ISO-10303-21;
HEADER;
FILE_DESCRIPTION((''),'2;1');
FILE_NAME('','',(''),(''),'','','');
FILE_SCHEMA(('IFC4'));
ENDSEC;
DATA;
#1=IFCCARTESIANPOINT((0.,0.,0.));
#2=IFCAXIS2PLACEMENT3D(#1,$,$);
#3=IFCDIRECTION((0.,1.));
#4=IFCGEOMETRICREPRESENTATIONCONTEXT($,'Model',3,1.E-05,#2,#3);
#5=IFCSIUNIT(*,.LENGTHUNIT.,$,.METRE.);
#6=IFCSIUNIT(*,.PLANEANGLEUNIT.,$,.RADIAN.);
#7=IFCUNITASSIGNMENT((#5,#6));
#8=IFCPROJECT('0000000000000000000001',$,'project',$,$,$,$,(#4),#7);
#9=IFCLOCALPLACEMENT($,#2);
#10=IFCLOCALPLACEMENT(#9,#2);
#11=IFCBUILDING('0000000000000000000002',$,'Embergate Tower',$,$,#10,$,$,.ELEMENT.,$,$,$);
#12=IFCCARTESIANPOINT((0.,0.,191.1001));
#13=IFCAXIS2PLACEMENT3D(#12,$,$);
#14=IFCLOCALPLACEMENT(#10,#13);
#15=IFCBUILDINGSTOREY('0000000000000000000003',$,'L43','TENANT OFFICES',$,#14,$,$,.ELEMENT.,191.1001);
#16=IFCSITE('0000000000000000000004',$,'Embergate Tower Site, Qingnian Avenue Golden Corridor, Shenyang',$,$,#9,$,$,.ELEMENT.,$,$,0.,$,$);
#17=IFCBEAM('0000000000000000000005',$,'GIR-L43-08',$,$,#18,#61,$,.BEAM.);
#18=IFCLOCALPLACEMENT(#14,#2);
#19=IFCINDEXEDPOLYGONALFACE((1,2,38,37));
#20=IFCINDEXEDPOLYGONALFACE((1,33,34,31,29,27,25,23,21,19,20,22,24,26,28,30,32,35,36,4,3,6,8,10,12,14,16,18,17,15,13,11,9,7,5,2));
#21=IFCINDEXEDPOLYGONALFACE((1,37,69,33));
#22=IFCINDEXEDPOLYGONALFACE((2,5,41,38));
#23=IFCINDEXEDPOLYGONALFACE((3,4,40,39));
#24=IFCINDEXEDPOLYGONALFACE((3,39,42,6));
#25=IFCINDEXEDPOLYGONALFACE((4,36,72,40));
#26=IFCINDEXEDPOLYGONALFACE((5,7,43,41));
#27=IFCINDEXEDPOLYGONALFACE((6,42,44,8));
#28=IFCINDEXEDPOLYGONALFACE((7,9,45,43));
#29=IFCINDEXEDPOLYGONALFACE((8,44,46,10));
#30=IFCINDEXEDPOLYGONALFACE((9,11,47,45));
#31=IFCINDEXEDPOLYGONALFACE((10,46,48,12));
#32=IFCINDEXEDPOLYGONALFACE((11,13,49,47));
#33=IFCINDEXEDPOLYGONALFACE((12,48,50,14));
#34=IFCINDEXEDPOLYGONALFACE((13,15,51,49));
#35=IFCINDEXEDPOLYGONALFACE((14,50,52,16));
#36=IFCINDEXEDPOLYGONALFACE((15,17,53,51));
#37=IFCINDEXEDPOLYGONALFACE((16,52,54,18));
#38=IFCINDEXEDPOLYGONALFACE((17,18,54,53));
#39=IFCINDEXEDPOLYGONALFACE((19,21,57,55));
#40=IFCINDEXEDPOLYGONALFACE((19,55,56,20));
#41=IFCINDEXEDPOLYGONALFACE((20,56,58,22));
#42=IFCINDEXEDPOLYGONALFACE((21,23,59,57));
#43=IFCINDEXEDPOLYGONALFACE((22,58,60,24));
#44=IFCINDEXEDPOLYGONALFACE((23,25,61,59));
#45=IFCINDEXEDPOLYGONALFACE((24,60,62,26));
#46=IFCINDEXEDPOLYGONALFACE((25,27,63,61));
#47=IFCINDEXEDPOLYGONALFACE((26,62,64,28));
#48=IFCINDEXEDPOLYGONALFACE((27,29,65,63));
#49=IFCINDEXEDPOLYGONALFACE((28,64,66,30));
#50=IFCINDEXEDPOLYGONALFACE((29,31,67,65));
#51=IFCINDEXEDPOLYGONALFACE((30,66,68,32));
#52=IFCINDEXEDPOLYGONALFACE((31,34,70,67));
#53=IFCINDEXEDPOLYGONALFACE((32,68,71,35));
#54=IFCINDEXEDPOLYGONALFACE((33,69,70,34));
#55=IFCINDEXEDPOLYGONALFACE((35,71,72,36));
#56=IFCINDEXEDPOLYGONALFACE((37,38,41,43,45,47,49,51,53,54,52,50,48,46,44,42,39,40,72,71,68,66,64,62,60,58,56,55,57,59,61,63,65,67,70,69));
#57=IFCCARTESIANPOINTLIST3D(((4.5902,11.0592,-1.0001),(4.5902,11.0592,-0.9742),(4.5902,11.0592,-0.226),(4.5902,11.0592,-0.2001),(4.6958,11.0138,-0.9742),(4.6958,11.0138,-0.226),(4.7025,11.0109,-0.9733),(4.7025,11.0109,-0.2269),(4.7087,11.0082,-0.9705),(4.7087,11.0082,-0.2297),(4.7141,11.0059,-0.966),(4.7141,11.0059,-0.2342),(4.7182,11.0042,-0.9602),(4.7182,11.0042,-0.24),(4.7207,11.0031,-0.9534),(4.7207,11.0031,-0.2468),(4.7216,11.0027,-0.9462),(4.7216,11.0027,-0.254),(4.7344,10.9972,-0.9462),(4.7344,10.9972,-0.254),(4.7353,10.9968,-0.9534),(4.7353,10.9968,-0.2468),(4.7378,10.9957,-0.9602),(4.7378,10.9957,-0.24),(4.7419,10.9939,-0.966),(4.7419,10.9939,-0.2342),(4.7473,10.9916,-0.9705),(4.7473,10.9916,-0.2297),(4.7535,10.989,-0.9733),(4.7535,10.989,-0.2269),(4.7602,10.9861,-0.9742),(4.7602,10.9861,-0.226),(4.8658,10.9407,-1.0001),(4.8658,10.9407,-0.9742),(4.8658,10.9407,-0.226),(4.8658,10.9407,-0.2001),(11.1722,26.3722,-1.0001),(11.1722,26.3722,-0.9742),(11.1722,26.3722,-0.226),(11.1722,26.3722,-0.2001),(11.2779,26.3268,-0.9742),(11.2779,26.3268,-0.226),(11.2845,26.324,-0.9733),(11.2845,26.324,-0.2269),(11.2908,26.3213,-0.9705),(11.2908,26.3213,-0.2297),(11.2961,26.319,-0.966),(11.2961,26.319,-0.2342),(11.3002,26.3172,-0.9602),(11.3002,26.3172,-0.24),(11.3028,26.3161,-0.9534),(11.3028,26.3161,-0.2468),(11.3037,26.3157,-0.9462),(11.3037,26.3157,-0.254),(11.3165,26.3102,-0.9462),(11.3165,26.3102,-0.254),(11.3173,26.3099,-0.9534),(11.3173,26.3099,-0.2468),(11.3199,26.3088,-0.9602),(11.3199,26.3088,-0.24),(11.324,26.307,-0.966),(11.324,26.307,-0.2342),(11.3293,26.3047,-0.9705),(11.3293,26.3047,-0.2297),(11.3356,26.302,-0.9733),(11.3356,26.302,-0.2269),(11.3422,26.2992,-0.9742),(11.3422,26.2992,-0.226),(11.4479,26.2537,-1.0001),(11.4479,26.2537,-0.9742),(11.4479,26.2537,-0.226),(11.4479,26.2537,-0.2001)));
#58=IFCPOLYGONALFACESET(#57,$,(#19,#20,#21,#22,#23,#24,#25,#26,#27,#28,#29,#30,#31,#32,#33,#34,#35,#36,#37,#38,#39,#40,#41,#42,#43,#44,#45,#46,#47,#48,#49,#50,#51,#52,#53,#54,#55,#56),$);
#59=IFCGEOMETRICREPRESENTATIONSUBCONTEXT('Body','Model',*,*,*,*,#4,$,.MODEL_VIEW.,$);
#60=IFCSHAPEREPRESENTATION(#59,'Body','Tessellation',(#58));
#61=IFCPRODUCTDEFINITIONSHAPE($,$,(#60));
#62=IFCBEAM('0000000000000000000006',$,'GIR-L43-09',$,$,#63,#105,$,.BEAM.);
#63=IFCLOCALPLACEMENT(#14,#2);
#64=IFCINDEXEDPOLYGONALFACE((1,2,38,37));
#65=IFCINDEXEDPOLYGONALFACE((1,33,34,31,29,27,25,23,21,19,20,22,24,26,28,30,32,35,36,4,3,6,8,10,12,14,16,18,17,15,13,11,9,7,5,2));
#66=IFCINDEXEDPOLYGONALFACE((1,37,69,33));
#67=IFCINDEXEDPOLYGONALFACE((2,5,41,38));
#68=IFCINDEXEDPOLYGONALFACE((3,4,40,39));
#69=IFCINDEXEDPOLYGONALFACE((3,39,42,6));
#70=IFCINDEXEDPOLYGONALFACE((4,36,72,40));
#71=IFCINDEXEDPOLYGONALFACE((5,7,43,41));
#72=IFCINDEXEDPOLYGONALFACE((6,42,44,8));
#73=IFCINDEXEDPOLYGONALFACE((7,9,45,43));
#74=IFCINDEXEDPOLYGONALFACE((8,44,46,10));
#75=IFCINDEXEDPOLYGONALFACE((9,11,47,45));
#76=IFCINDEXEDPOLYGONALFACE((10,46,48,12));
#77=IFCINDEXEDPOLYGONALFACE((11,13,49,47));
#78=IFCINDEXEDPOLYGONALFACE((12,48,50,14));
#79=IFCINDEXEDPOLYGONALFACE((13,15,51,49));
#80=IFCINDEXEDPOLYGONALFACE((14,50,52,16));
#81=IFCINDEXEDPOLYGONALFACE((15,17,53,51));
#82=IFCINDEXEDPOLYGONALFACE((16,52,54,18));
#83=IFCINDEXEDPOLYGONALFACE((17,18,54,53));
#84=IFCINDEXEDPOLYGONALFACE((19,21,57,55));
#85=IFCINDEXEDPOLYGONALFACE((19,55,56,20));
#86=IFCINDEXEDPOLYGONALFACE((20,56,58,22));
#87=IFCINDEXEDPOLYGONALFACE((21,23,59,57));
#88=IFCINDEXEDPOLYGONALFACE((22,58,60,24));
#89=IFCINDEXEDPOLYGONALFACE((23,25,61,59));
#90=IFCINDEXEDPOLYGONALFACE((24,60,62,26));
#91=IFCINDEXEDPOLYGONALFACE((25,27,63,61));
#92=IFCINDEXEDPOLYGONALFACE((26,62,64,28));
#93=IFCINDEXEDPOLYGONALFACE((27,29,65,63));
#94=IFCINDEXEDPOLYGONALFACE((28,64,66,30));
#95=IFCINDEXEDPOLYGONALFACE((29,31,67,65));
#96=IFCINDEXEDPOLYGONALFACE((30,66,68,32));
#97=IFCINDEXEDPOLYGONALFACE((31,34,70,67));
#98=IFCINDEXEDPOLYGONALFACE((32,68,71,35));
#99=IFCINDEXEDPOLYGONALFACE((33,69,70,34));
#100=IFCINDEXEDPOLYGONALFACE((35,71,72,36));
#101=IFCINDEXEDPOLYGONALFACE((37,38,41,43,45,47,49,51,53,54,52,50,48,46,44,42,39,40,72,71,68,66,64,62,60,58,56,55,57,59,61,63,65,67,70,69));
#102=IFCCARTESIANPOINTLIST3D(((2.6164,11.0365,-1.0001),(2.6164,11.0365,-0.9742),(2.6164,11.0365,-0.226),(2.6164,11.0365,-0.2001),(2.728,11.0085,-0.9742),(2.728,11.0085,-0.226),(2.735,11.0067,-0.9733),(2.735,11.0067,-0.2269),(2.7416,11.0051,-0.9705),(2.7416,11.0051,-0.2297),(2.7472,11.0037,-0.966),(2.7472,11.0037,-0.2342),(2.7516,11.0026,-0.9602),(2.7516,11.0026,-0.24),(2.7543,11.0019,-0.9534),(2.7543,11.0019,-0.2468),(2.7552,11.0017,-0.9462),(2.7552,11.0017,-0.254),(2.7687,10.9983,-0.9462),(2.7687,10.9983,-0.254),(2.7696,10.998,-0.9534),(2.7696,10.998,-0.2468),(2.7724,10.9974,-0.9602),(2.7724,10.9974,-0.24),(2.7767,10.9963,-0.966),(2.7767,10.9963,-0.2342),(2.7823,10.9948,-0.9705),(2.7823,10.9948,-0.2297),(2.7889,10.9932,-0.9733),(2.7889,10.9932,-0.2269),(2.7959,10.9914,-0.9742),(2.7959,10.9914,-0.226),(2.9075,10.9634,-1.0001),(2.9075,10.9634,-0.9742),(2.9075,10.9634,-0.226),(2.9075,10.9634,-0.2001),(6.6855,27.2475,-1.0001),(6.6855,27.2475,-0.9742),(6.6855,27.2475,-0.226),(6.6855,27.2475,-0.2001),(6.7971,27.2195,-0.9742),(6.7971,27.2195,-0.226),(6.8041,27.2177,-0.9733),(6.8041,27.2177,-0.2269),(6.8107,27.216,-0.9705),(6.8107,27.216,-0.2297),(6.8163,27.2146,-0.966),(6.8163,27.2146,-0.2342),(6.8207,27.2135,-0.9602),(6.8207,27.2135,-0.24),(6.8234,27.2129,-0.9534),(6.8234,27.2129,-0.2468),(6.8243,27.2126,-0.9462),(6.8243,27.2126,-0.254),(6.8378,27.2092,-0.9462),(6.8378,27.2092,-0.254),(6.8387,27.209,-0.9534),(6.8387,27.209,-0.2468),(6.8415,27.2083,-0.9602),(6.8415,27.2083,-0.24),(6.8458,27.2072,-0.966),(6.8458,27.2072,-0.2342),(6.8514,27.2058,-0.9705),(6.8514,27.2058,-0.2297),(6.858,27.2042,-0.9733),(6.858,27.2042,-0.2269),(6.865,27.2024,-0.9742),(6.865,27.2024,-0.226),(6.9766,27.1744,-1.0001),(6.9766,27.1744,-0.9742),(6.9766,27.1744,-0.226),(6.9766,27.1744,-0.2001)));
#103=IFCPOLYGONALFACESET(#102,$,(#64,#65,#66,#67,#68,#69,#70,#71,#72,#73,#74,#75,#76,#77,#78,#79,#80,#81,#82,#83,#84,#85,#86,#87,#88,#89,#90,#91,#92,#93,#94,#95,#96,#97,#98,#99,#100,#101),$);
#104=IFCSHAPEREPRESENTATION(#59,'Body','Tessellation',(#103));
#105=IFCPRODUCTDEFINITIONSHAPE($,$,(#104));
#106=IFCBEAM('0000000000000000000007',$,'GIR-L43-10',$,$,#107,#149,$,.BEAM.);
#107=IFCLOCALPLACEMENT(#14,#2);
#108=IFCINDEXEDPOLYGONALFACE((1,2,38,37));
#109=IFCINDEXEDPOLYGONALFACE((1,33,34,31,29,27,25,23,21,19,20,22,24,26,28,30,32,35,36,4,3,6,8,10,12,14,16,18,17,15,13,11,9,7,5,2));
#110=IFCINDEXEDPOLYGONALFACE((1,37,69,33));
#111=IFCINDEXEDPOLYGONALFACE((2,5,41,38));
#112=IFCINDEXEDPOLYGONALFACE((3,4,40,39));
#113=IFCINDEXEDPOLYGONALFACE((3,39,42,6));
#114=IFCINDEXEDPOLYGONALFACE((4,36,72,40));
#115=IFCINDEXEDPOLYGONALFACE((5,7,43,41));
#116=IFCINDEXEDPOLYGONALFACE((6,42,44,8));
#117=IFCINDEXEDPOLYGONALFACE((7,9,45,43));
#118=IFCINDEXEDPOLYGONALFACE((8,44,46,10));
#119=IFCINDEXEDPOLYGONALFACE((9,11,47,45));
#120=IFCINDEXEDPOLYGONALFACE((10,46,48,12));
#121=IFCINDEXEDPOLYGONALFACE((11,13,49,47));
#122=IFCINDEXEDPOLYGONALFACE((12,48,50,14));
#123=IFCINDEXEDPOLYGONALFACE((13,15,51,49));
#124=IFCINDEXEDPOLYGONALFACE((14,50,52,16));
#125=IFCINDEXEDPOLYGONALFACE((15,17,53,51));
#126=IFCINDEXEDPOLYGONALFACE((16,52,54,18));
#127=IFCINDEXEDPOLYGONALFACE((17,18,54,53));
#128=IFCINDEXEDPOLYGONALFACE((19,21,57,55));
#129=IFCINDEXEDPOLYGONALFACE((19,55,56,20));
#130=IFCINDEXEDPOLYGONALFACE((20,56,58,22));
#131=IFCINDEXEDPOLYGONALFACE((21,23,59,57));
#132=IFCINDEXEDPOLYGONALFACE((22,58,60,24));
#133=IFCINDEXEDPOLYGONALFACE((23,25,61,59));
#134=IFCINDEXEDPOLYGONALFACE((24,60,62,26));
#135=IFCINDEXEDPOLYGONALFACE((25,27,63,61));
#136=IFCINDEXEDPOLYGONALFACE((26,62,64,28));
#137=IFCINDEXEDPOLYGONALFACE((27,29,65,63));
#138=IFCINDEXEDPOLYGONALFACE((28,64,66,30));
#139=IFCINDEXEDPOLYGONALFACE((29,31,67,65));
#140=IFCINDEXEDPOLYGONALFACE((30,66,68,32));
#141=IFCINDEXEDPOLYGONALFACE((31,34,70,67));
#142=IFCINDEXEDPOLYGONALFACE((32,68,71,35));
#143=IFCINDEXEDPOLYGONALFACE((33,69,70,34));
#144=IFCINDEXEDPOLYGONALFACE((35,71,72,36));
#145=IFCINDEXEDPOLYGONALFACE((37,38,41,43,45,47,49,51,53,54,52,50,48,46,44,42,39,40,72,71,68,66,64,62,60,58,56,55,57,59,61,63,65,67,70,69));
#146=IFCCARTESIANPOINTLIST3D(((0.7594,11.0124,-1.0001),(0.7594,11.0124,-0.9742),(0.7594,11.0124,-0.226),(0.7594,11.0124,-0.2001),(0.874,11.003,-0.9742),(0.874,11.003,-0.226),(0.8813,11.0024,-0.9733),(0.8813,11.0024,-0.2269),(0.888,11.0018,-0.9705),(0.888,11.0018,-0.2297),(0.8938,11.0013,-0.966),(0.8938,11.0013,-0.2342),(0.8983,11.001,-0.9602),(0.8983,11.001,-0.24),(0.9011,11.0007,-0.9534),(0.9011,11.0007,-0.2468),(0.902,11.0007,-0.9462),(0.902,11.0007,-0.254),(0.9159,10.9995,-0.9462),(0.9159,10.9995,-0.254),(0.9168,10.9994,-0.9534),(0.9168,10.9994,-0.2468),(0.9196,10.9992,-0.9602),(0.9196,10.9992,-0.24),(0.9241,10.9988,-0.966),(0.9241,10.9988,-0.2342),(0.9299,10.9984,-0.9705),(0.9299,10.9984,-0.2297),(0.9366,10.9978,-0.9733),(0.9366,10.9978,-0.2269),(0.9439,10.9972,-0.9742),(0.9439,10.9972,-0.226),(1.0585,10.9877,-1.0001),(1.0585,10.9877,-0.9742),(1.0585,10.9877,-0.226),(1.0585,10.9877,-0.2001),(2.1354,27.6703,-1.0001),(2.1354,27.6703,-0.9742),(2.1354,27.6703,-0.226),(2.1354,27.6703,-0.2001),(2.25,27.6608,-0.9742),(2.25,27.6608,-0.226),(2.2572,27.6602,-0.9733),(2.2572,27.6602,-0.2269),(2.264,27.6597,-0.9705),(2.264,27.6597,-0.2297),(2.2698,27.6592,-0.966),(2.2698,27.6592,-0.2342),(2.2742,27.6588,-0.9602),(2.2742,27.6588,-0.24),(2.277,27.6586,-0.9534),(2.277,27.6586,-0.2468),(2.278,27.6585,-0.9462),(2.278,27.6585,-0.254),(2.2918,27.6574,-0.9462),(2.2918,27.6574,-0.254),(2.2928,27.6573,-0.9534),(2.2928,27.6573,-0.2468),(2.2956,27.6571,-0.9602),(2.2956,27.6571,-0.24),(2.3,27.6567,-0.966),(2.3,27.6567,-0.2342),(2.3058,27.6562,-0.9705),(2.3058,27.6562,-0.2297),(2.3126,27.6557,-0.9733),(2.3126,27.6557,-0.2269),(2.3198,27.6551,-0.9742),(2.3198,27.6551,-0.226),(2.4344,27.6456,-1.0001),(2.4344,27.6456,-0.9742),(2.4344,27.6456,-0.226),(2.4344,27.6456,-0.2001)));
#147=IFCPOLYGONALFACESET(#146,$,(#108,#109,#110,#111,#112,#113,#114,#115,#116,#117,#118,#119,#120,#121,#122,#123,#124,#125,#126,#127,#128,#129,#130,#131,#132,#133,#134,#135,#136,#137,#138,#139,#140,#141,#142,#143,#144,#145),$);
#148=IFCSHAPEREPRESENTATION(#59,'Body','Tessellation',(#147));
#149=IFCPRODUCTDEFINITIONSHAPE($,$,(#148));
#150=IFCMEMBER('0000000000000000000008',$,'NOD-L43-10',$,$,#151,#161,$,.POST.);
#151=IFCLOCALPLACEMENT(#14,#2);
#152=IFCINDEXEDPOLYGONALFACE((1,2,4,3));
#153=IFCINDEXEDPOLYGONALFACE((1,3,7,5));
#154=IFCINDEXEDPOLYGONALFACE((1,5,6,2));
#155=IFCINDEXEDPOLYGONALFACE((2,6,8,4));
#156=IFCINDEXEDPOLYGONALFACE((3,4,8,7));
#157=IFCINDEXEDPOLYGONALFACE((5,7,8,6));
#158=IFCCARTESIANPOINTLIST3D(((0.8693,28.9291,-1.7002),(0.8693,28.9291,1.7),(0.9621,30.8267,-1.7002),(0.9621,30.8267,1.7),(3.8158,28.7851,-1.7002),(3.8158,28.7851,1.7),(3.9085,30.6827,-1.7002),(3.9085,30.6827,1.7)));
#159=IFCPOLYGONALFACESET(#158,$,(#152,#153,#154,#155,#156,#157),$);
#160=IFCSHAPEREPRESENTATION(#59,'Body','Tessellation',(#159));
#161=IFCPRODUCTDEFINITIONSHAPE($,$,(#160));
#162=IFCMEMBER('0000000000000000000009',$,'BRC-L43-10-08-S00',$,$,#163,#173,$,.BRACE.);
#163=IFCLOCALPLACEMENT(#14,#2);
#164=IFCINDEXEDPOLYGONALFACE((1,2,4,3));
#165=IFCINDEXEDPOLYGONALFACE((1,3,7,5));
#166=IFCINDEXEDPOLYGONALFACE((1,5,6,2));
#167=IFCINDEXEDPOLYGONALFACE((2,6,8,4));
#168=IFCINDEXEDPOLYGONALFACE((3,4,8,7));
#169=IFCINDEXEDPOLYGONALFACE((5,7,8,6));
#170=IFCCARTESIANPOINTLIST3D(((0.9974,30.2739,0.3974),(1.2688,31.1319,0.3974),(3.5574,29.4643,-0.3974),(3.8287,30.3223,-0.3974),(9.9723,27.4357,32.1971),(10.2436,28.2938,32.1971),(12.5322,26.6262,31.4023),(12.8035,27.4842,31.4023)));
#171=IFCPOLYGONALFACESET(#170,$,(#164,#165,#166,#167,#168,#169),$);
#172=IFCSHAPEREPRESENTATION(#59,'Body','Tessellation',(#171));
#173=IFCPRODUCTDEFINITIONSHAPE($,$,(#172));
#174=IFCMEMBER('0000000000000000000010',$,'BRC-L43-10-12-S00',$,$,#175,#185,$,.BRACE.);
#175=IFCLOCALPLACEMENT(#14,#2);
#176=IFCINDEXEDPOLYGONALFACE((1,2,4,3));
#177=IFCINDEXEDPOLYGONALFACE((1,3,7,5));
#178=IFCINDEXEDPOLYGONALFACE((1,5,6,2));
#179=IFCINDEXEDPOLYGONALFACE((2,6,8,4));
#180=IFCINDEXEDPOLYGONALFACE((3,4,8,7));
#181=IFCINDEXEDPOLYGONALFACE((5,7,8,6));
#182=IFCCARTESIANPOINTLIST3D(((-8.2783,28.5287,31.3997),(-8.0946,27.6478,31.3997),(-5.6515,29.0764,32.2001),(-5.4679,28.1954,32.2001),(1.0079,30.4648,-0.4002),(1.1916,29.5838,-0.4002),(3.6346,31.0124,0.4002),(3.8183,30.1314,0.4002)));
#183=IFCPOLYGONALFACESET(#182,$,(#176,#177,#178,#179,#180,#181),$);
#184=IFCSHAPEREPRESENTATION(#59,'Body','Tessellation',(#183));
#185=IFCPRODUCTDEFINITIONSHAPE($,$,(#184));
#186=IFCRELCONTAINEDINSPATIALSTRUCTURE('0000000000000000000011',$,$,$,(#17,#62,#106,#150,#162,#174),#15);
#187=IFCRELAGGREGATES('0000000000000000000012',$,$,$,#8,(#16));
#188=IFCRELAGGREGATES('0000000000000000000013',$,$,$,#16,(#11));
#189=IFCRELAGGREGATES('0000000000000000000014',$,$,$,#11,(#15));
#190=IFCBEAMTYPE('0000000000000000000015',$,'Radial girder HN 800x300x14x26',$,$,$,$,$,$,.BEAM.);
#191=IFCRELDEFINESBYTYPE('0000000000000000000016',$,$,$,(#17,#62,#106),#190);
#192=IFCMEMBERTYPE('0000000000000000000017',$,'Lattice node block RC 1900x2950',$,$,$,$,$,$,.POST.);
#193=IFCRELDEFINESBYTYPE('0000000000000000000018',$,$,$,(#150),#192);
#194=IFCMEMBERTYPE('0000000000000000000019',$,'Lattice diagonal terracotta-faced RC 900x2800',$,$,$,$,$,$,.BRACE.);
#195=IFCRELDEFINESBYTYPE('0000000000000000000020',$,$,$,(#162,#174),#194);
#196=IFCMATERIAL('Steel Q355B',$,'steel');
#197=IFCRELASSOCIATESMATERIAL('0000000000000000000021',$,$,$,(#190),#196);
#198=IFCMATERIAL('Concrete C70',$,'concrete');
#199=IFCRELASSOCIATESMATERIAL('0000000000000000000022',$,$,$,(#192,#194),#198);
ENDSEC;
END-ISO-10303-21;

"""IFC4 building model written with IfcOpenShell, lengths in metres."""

from ifc_helpers import new_model, si_unit, direction, frame, origin, origin_2d, place, context, subcontext, project, spatial, rectangle, i_section, extrude, source, transform, mapped, material, material_profile, profile_set, type_object, element, save


model = new_model("IFC4")

# Units and contexts
model_context = context("Model", 3, precision=1e-05, world=origin(), true_north=direction((0.0, 1.0)))
body_context = subcontext(model_context, "Body", "Model", "MODEL_VIEW")
ifc_project = project(units=[si_unit("LENGTHUNIT", "METRE"), si_unit("PLANEANGLEUNIT", "RADIAN")], contexts=[model_context])

# Site, building, storey
site_placement = place(None, origin())
site = spatial("IfcSite", under=ifc_project, at=site_placement, Name="Embergate Tower Site, Qingnian Avenue Golden Corridor, Shenyang", CompositionType="ELEMENT", RefElevation=0.0)
building_placement = place(site_placement, origin())
building = spatial("IfcBuilding", under=site, at=building_placement, Name="Embergate Tower", CompositionType="ELEMENT")
storey_placement = place(building_placement, frame((0.0, 0.0, 191.1001)))
storey = spatial("IfcBuildingStorey", under=building, at=storey_placement, Name="L43", Description="TENANT OFFICES", CompositionType="ELEMENT", Elevation=191.1001)

# Shared definitions
ifc_material_1 = material(Name="Concrete C70", Category="concrete")

# Beams
ifc_material_2 = material(Name="Steel Q355B", Category="steel")
ifc_material_profile_1 = material_profile(ifc_material_2, i_section(OverallWidth=0.3, OverallDepth=0.8, WebThickness=0.0139, FlangeThickness=0.0259, FilletRadius=0.0281, at=origin_2d()), Name="HN 800x300x14x26")
ifc_profile_set_1 = profile_set([ifc_material_profile_1], Name="Steel Q355 grade B")
beam_type_1 = type_object("IfcBeamType", Name="Radial girder HN 800x300x14x26", PredefinedType="BEAM", material=ifc_profile_set_1)
shared_shape_1 = source(origin(), body_context, "Body", "SweptSolid", [
    extrude(i_section(OverallWidth=0.3, OverallDepth=0.8, WebThickness=0.0139, FlangeThickness=0.0259, FilletRadius=0.0281, at=origin_2d()), origin(), (0.0, 0.0, 1.0), 16.6677),
])
beam_1_placement = place(storey_placement, frame((11.3101, 26.313, -0.6001), z_axis=(-0.394898, -0.918725, 0.0), x_axis=(0.918725, -0.394898, 0.0)))
element("IfcBeam", 1, at=beam_1_placement, inside=storey, type_object=beam_type_1, Name="GIR-L43-08", PredefinedType="BEAM", context=body_context, shape_type="MappedRepresentation", body=[
    mapped(shared_shape_1, transform((0.0, 0.0, 0.0))),
])
shared_shape_2 = source(origin(), body_context, "Body", "SweptSolid", [
    extrude(i_section(OverallWidth=0.3, OverallDepth=0.8, WebThickness=0.0139, FlangeThickness=0.0259, FilletRadius=0.0281, at=origin_2d()), origin(), (0.0, 0.0, 1.0), 16.7139),
])
beam_2_placement = place(storey_placement, frame((6.8311, 27.2109, -0.6001), z_axis=(-0.243457, -0.969912, 0.0), x_axis=(0.969912, -0.243457, 0.0)))
element("IfcBeam", 2, at=beam_2_placement, inside=storey, type_object=beam_type_1, Name="GIR-L43-09", PredefinedType="BEAM", context=body_context, shape_type="MappedRepresentation", body=[
    mapped(shared_shape_2, transform((0.0, 0.0, 0.0))),
])
shared_shape_3 = source(origin(), body_context, "Body", "SweptSolid", [
    extrude(i_section(OverallWidth=0.3, OverallDepth=0.8, WebThickness=0.0139, FlangeThickness=0.0259, FilletRadius=0.0281, at=origin_2d()), origin(), (0.0, 0.0, 1.0), 16.7146),
])
beam_3_placement = place(storey_placement, frame((2.2849, 27.658, -0.6001), z_axis=(-0.082321, -0.996606, 0.0), x_axis=(0.996606, -0.082321, 0.0)))
element("IfcBeam", 3, at=beam_3_placement, inside=storey, type_object=beam_type_1, Name="GIR-L43-10", PredefinedType="BEAM", context=body_context, shape_type="MappedRepresentation", body=[
    mapped(shared_shape_3, transform((0.0, 0.0, 0.0))),
])

# Members
ifc_material_profile_2 = material_profile(ifc_material_1, rectangle(XDim=1.8999, YDim=2.95, at=origin_2d()), Name="RC 1900x2950")
ifc_profile_set_2 = profile_set([ifc_material_profile_2], Name="Concrete C70")
member_type_1 = type_object("IfcMemberType", Name="Lattice node block RC 1900x2950", PredefinedType="POST", material=ifc_profile_set_2)
shared_shape_4 = source(origin(), body_context, "Body", "SweptSolid", [
    extrude(rectangle(XDim=1.8999, YDim=2.95, at=origin_2d()), origin(), (0.0, 0.0, 1.0), 3.4001),
])
member_1_placement = place(storey_placement, frame((2.3889, 29.8059, -1.7002), z_axis=(0.0, 0.0, 1.0), x_axis=(0.048815, 0.998808, 0.0)))
element("IfcMember", 4, at=member_1_placement, inside=storey, type_object=member_type_1, Name="NOD-L43-10", PredefinedType="POST", context=body_context, shape_type="MappedRepresentation", body=[
    mapped(shared_shape_4, transform((0.0, 0.0, 0.0))),
])
ifc_material_profile_3 = material_profile(ifc_material_1, rectangle(XDim=0.8999, YDim=2.8, at=origin_2d()), Name="RC 900x2800")
ifc_profile_set_3 = profile_set([ifc_material_profile_3], Name="Concrete C70")
member_type_2 = type_object("IfcMemberType", Name="Lattice diagonal terracotta-faced RC 900x2800", PredefinedType="BRACE", material=ifc_profile_set_3)
shared_shape_5 = source(origin(), body_context, "Body", "SweptSolid", [
    extrude(rectangle(XDim=0.8999, YDim=2.8, at=origin_2d()), origin(), (0.0, 0.0, 1.0), 33.1636),
])
member_2_placement = place(storey_placement, frame((2.4131, 30.2981, 0.0), z_axis=(0.270623, -0.08558, 0.958874), x_axis=(0.301515, 0.953461, 0.0)))
element("IfcMember", 5, at=member_2_placement, inside=storey, type_object=member_type_2, Name="BRC-L43-10-08-S00", PredefinedType="BRACE", context=body_context, shape_type="MappedRepresentation", body=[
    mapped(shared_shape_5, transform((0.0, 0.0, 0.0))),
])
shared_shape_6 = source(origin(), body_context, "Body", "SweptSolid", [
    extrude(rectangle(XDim=0.8999, YDim=2.8, at=origin_2d()), origin(), (0.0, 0.0, 1.0), 33.1846),
])
member_3_placement = place(storey_placement, frame((2.4131, 30.2981, 0.0), z_axis=(-0.279834, -0.058342, 0.958274), x_axis=(0.204098, -0.97895, 0.0)))
element("IfcMember", 6, at=member_3_placement, inside=storey, type_object=member_type_2, Name="BRC-L43-10-12-S00", PredefinedType="BRACE", context=body_context, shape_type="MappedRepresentation", body=[
    mapped(shared_shape_6, transform((0.0, 0.0, 0.0))),
])

save(model, "model.ifc")
